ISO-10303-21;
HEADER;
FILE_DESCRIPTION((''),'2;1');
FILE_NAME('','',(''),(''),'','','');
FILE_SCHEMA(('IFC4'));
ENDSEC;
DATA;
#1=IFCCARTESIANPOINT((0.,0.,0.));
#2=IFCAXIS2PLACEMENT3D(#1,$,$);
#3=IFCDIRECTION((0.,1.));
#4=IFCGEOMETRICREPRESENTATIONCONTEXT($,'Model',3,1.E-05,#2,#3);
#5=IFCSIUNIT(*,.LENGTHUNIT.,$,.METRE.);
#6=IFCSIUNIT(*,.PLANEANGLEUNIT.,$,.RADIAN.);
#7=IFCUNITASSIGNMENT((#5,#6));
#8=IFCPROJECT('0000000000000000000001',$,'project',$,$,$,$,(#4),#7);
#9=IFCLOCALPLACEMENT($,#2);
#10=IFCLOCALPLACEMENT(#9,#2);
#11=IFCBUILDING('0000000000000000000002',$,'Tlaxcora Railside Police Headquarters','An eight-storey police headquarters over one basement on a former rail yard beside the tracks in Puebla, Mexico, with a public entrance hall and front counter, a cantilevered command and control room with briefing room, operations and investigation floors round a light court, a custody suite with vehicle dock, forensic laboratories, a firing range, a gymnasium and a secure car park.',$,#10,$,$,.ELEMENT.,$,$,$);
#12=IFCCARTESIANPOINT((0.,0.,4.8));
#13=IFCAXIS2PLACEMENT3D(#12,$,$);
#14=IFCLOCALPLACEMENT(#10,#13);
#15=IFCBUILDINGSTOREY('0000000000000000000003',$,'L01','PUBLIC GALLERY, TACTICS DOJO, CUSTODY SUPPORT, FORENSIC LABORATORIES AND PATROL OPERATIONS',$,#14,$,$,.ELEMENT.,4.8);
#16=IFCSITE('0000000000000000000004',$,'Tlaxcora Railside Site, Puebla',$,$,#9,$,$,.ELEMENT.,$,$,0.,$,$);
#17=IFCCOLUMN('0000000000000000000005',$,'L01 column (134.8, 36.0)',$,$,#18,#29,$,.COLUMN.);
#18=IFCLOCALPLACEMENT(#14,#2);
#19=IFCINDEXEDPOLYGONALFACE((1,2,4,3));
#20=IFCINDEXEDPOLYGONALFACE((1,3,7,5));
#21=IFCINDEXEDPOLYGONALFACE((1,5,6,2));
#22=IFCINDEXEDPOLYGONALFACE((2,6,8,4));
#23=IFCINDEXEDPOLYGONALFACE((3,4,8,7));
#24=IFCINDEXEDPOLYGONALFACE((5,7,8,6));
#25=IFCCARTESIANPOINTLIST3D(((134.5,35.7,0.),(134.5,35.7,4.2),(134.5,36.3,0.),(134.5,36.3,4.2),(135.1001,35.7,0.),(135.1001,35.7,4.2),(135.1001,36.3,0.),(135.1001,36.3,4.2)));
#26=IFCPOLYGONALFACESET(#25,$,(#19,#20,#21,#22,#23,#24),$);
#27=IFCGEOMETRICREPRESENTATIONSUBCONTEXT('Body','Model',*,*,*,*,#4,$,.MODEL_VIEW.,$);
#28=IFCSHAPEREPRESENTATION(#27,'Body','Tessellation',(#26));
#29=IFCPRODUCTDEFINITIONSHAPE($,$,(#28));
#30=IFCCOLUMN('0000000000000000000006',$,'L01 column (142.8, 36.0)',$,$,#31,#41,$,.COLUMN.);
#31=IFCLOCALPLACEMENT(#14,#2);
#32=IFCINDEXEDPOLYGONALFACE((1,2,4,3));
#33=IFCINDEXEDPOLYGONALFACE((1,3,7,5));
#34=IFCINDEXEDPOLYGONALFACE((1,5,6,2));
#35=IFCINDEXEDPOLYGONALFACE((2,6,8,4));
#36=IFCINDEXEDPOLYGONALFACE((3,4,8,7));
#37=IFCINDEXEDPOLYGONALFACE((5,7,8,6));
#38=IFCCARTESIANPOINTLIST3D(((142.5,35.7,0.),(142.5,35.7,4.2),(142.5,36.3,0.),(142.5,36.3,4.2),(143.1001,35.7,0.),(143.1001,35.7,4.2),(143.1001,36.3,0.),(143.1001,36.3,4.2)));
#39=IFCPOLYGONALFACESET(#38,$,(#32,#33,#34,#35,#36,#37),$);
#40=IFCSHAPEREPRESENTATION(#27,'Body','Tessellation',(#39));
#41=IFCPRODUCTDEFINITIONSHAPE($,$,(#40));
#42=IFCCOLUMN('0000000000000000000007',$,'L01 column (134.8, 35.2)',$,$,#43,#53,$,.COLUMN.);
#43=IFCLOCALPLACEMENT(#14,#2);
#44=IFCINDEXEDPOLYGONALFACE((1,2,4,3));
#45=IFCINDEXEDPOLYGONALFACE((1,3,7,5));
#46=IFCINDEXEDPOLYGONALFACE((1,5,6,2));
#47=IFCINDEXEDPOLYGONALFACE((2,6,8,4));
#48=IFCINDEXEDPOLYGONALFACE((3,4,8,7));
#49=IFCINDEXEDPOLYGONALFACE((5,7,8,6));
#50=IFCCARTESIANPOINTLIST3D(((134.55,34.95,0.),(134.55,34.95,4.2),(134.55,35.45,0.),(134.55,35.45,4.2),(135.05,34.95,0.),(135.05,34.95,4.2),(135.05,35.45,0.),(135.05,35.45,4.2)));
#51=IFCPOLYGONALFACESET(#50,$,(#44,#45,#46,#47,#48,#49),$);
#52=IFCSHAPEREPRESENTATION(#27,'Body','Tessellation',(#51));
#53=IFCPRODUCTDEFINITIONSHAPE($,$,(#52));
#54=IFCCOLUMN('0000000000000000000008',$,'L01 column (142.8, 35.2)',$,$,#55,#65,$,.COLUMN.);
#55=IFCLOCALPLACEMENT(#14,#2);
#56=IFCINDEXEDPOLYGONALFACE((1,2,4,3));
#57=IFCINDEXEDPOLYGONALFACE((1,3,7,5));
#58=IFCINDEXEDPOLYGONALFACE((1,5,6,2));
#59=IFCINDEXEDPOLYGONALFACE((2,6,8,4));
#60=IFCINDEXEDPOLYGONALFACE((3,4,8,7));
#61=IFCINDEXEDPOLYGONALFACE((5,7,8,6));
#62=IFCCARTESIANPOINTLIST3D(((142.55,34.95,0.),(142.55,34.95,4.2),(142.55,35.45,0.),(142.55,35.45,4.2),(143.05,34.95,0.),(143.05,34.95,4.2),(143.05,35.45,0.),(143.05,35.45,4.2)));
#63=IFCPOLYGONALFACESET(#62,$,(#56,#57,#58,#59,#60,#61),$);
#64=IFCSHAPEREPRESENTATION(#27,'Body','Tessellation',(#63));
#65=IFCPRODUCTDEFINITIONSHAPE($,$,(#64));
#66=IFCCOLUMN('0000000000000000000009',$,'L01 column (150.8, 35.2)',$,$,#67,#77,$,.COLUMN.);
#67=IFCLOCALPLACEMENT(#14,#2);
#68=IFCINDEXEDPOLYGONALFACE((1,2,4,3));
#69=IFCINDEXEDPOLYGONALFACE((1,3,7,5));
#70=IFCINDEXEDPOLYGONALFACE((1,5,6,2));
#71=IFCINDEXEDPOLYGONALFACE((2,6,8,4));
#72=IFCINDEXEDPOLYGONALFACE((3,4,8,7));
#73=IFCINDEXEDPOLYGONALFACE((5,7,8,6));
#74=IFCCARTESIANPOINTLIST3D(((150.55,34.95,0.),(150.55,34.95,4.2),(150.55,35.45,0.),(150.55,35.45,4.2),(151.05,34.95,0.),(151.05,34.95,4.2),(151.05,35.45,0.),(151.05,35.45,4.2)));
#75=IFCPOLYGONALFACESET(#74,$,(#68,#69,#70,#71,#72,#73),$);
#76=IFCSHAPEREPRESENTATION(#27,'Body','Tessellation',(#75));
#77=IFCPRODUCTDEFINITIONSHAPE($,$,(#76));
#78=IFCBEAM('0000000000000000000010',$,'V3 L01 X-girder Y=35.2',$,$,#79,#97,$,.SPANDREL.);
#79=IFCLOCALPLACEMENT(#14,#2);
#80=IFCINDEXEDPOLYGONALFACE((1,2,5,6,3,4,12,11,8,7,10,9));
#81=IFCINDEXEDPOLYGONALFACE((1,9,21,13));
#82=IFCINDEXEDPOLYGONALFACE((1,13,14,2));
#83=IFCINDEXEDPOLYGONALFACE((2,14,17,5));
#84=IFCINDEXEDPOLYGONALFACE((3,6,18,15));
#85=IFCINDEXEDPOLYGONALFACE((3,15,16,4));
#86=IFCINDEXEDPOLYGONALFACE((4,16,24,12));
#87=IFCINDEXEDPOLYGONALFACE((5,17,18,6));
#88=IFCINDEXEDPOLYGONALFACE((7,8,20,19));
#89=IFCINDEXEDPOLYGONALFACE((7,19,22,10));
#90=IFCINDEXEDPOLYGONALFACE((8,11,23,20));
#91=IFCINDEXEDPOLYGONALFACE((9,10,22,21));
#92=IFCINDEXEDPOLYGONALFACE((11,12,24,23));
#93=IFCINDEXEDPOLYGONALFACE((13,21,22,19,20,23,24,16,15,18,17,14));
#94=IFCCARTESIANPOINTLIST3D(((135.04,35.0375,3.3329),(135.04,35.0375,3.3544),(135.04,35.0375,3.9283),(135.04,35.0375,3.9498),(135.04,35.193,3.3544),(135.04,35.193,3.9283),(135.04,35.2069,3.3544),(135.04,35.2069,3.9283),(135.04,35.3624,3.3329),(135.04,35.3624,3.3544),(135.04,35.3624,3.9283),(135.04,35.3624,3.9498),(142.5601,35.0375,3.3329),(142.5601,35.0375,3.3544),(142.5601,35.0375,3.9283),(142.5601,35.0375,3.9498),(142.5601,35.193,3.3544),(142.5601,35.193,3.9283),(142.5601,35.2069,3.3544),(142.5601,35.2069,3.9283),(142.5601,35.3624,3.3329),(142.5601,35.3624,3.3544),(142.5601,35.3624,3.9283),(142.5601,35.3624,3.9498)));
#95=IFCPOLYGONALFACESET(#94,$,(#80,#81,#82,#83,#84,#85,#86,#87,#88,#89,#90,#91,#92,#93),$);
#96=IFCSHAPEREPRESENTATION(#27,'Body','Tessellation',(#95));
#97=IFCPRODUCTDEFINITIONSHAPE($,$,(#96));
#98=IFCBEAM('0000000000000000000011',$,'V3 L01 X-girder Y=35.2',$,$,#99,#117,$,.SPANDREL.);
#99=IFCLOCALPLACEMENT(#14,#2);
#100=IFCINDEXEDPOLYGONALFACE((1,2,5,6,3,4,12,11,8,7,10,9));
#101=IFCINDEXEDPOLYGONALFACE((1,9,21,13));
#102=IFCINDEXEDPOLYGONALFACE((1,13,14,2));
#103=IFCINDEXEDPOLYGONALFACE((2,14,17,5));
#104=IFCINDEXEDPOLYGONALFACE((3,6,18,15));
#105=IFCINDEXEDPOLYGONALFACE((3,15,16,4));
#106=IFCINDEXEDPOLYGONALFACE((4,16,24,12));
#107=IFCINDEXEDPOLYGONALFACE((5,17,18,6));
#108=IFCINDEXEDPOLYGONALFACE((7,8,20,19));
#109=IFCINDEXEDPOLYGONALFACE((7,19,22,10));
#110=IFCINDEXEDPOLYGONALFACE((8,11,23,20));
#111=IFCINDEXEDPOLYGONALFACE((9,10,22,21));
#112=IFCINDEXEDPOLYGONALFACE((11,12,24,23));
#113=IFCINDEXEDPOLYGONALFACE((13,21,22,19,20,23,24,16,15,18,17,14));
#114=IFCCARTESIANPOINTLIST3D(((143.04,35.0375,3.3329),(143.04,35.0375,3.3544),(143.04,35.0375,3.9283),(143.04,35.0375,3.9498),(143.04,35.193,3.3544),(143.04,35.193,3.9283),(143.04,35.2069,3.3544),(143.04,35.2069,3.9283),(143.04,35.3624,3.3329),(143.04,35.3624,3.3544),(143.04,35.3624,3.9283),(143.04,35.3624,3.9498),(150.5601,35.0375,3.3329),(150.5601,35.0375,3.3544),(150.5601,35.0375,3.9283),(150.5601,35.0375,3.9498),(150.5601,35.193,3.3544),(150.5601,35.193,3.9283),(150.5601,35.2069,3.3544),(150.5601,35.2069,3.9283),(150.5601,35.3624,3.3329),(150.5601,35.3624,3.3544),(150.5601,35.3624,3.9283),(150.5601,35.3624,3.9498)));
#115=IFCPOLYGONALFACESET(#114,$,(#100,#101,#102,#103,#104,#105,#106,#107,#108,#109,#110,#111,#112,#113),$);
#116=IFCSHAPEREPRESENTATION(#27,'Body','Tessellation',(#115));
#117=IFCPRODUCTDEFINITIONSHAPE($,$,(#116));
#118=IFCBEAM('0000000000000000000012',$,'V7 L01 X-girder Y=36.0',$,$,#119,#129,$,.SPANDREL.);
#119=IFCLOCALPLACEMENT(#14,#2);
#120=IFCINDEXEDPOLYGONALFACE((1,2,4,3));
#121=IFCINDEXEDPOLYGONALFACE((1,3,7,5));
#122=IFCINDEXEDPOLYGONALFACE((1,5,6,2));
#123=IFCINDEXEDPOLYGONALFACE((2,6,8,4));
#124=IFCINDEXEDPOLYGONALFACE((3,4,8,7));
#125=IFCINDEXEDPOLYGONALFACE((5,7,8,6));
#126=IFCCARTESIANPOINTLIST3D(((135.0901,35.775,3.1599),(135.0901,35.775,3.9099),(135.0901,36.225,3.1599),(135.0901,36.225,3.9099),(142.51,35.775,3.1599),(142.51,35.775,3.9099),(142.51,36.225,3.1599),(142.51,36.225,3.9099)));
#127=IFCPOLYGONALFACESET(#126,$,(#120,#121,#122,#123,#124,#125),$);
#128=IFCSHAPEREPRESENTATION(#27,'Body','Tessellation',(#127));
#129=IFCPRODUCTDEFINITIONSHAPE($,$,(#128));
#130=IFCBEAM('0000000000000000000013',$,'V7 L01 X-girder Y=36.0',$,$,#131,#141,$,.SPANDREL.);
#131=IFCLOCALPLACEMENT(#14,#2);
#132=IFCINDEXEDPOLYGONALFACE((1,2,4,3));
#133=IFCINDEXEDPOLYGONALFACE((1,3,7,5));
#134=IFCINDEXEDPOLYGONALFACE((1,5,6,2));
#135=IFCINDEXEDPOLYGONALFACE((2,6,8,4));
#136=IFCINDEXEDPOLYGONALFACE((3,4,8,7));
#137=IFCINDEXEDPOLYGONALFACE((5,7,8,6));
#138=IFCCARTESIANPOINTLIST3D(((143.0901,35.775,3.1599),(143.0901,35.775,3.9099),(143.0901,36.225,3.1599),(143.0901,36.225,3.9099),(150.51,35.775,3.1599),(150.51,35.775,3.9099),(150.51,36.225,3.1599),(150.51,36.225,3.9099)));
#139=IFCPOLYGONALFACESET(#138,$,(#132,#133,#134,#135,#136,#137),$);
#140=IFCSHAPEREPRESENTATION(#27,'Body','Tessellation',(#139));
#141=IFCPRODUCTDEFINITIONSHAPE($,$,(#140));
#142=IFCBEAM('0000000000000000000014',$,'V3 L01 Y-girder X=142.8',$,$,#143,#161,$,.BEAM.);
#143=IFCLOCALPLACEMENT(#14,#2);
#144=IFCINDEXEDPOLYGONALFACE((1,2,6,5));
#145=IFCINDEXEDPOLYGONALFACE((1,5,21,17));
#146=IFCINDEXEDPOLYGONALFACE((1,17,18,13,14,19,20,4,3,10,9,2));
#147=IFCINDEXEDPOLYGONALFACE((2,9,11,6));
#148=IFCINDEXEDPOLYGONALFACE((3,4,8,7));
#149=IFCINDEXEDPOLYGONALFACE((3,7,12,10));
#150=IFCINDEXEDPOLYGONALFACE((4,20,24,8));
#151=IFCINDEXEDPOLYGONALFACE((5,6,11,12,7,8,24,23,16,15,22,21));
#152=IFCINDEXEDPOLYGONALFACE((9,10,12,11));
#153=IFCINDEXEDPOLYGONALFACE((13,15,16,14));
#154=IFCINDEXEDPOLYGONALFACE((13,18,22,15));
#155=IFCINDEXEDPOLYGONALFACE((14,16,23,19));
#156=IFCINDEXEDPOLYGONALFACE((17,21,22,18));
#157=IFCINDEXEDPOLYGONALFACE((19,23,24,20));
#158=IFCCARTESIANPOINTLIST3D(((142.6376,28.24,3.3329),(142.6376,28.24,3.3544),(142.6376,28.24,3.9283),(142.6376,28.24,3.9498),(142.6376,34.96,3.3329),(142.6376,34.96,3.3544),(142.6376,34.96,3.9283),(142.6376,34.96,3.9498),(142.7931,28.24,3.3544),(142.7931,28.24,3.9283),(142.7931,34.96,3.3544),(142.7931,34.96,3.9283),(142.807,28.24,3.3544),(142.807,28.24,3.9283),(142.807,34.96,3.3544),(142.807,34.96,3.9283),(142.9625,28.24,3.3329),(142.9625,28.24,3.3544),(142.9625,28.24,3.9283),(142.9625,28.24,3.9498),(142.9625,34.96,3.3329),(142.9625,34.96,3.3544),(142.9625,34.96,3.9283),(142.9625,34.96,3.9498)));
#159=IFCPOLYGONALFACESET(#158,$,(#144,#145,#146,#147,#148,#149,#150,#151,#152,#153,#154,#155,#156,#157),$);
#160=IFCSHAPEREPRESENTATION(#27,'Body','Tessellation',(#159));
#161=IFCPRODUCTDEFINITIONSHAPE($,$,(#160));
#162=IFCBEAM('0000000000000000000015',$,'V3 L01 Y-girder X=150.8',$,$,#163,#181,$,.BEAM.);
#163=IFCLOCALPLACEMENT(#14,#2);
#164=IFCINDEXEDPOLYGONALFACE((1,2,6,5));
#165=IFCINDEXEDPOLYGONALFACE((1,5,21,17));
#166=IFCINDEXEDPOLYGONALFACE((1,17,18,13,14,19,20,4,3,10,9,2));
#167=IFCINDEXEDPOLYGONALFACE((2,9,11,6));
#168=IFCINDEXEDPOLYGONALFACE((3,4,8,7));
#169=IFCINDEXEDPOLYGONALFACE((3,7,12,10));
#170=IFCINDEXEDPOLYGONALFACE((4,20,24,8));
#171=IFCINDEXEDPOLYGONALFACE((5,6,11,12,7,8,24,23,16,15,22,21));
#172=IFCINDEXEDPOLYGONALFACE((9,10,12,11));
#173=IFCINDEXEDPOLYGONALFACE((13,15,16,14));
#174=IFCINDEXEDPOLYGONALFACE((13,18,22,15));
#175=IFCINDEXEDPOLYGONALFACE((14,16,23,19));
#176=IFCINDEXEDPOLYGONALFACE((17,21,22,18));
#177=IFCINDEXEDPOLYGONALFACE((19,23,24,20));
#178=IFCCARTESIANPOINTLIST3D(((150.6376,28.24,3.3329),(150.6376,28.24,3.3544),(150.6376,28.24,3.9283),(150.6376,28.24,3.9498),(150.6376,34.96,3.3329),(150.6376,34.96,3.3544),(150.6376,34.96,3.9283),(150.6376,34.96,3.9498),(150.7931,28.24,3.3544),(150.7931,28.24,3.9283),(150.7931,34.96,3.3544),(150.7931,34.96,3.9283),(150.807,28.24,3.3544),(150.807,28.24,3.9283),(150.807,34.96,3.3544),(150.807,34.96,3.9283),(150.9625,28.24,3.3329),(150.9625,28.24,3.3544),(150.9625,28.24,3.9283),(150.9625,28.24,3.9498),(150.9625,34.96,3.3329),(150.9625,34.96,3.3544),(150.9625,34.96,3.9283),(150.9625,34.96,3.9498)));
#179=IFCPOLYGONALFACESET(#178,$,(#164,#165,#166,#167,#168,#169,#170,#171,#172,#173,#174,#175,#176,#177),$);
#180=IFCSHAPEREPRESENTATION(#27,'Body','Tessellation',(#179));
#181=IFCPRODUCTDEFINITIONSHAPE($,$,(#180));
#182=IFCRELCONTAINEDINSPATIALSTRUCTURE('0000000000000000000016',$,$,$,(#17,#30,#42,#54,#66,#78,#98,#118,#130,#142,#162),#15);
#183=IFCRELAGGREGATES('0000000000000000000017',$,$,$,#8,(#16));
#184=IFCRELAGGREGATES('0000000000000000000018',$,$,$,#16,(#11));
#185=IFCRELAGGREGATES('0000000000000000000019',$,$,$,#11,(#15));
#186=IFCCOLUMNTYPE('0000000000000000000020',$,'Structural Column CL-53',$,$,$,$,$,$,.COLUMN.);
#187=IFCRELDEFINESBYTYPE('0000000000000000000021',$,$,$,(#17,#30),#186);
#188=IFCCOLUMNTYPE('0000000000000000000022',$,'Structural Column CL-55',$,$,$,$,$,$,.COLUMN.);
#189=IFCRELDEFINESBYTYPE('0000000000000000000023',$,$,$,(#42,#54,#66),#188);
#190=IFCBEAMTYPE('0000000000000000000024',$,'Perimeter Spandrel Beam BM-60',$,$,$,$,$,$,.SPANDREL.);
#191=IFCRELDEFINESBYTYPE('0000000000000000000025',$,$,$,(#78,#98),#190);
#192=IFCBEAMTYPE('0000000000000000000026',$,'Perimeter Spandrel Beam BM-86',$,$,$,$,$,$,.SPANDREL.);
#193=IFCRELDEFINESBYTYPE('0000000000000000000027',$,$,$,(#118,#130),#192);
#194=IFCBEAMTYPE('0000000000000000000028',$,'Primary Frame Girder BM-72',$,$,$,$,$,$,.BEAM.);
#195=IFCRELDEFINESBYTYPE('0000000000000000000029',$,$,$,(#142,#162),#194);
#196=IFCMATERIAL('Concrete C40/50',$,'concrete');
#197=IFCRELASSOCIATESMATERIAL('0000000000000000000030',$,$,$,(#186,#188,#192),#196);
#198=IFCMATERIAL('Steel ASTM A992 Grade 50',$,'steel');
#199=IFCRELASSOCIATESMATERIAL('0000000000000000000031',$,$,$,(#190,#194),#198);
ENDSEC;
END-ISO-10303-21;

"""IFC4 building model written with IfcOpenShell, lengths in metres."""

from ifc_helpers import new_model, si_unit, direction, frame, origin, origin_2d, place, context, subcontext, project, spatial, rectangle, i_section, extrude, material, material_profile, profile_set, type_object, element, save


model = new_model("IFC4")

# Units and contexts
model_context = context("Model", 3, precision=1e-05, world=origin(), true_north=direction((0.0, 1.0)))
body_context = subcontext(model_context, "Body", "Model", "MODEL_VIEW")
ifc_project = project(units=[si_unit("LENGTHUNIT", "METRE"), si_unit("PLANEANGLEUNIT", "RADIAN")], contexts=[model_context])

# Site, building, storey
site_placement = place(None, origin())
site = spatial("IfcSite", under=ifc_project, at=site_placement, Name="Tlaxcora Railside Site, Puebla", CompositionType="ELEMENT", RefElevation=0.0)
building_placement = place(site_placement, origin())
building = spatial("IfcBuilding", under=site, at=building_placement, Name="Tlaxcora Railside Police Headquarters", Description="An eight-storey police headquarters over one basement on a former rail yard beside the tracks in Puebla, Mexico, with a public entrance hall and front counter, a cantilevered command and control room with briefing room, operations and investigation floors round a light court, a custody suite with vehicle dock, forensic laboratories, a firing range, a gymnasium and a secure car park.", CompositionType="ELEMENT")
storey_placement = place(building_placement, frame((0.0, 0.0, 4.8)))
storey = spatial("IfcBuildingStorey", under=building, at=storey_placement, Name="L01", Description="PUBLIC GALLERY, TACTICS DOJO, CUSTODY SUPPORT, FORENSIC LABORATORIES AND PATROL OPERATIONS", CompositionType="ELEMENT", Elevation=4.8)

# Columns
ifc_material_1 = material(Name="Concrete C40/50", Category="concrete")
ifc_material_profile_1 = material_profile(ifc_material_1, rectangle(XDim=0.6001, YDim=0.6001, at=origin_2d()), Name="RC600X600")
ifc_profile_set_1 = profile_set([ifc_material_profile_1], Name="Concrete C40/50")
column_type_1 = type_object("IfcColumnType", Name="Structural Column CL-53", PredefinedType="COLUMN", material=ifc_profile_set_1)
for number, where, z_axis, x_axis, name in (
    (1, (134.8, 36.0, 0.0), (0.0, 0.0, 1.0), (1.0, 0.0, 0.0), "L01 column (134.8, 36.0)"),
    (2, (142.8, 36.0, 0.0), (0.0, 0.0, 1.0), (1.0, 0.0, 0.0), "L01 column (142.8, 36.0)"),
):
    element("IfcColumn", number, at=place(storey_placement, frame(where, z_axis=z_axis, x_axis=x_axis)), inside=storey, type_object=column_type_1, Name=name, PredefinedType="COLUMN", context=body_context, shape_type="SweptSolid", body=[
        extrude(rectangle(XDim=0.6001, YDim=0.6001, at=origin_2d()), origin(), (0.0, 0.0, 1.0), 4.2),
    ])
ifc_material_profile_2 = material_profile(ifc_material_1, rectangle(XDim=0.5, YDim=0.5, at=origin_2d()), Name="RC500X500")
ifc_profile_set_2 = profile_set([ifc_material_profile_2], Name="Concrete C40/50")
column_type_2 = type_object("IfcColumnType", Name="Structural Column CL-55", PredefinedType="COLUMN", material=ifc_profile_set_2)
for number, where, z_axis, x_axis, name in (
    (3, (134.8, 35.2, 0.0), (0.0, 0.0, 1.0), (1.0, 0.0, 0.0), "L01 column (134.8, 35.2)"),
    (4, (142.8, 35.2, 0.0), (0.0, 0.0, 1.0), (1.0, 0.0, 0.0), "L01 column (142.8, 35.2)"),
    (5, (150.8, 35.2, 0.0), (0.0, 0.0, 1.0), (1.0, 0.0, 0.0), "L01 column (150.8, 35.2)"),
):
    element("IfcColumn", number, at=place(storey_placement, frame(where, z_axis=z_axis, x_axis=x_axis)), inside=storey, type_object=column_type_2, Name=name, PredefinedType="COLUMN", context=body_context, shape_type="SweptSolid", body=[
        extrude(rectangle(XDim=0.5, YDim=0.5, at=origin_2d()), origin(), (0.0, 0.0, 1.0), 4.2),
    ])

# Beams
ifc_material_2 = material(Name="Steel ASTM A992 Grade 50", Category="steel")
ifc_material_profile_3 = material_profile(ifc_material_2, i_section(OverallWidth=0.325, OverallDepth=0.6169, WebThickness=0.0139, FlangeThickness=0.0215, at=origin_2d()), Name="W24X117")
ifc_profile_set_3 = profile_set([ifc_material_profile_3], Name="Steel ASTM A992 Grade 50")
beam_type_1 = type_object("IfcBeamType", Name="Perimeter Spandrel Beam BM-60", PredefinedType="SPANDREL", material=ifc_profile_set_3)
for number, where, z_axis, x_axis, name in (
    (6, (135.04, 35.2, 3.6414), (1.0, 0.0, 0.0), (0.0, 1.0, 0.0), "V3 L01 X-girder Y=35.2"),
    (7, (143.04, 35.2, 3.6414), (1.0, 0.0, 0.0), (0.0, 1.0, 0.0), "V3 L01 X-girder Y=35.2"),
):
    element("IfcBeam", number, at=place(storey_placement, frame(where, z_axis=z_axis, x_axis=x_axis)), inside=storey, type_object=beam_type_1, Name=name, PredefinedType="SPANDREL", context=body_context, shape_type="SweptSolid", body=[
        extrude(i_section(OverallWidth=0.325, OverallDepth=0.6169, WebThickness=0.0139, FlangeThickness=0.0215, at=origin_2d()), origin(), (0.0, 0.0, 1.0), 7.52),
    ])
ifc_material_profile_4 = material_profile(ifc_material_1, rectangle(XDim=0.45, YDim=0.75, at=origin_2d()), Name="RC450X750")
ifc_profile_set_4 = profile_set([ifc_material_profile_4], Name="Concrete C40/50")
beam_type_2 = type_object("IfcBeamType", Name="Perimeter Spandrel Beam BM-86", PredefinedType="SPANDREL", material=ifc_profile_set_4)
for number, where, z_axis, x_axis, name in (
    (8, (135.0901, 36.0, 3.5349), (1.0, 0.0, 0.0), (0.0, 1.0, 0.0), "V7 L01 X-girder Y=36.0"),
    (9, (143.0901, 36.0, 3.5349), (1.0, 0.0, 0.0), (0.0, 1.0, 0.0), "V7 L01 X-girder Y=36.0"),
):
    element("IfcBeam", number, at=place(storey_placement, frame(where, z_axis=z_axis, x_axis=x_axis)), inside=storey, type_object=beam_type_2, Name=name, PredefinedType="SPANDREL", context=body_context, shape_type="SweptSolid", body=[
        extrude(rectangle(XDim=0.45, YDim=0.75, at=origin_2d()), origin(), (0.0, 0.0, 1.0), 7.4199),
    ])
ifc_material_profile_5 = material_profile(ifc_material_2, i_section(OverallWidth=0.325, OverallDepth=0.6169, WebThickness=0.0139, FlangeThickness=0.0215, at=origin_2d()), Name="W24X117")
ifc_profile_set_5 = profile_set([ifc_material_profile_5], Name="Steel ASTM A992 Grade 50")
beam_type_3 = type_object("IfcBeamType", Name="Primary Frame Girder BM-72", PredefinedType="BEAM", material=ifc_profile_set_5)
for number, where, z_axis, x_axis, name in (
    (10, (142.8, 28.24, 3.6414), (0.0, 1.0, 0.0), (-1.0, 0.0, 0.0), "V3 L01 Y-girder X=142.8"),
    (11, (150.8, 28.24, 3.6414), (0.0, 1.0, 0.0), (-1.0, 0.0, 0.0), "V3 L01 Y-girder X=150.8"),
):
    element("IfcBeam", number, at=place(storey_placement, frame(where, z_axis=z_axis, x_axis=x_axis)), inside=storey, type_object=beam_type_3, Name=name, PredefinedType="BEAM", context=body_context, shape_type="SweptSolid", body=[
        extrude(i_section(OverallWidth=0.325, OverallDepth=0.6169, WebThickness=0.0139, FlangeThickness=0.0215, at=origin_2d()), origin(), (0.0, 0.0, 1.0), 6.72),
    ])

save(model, "model.ifc")
